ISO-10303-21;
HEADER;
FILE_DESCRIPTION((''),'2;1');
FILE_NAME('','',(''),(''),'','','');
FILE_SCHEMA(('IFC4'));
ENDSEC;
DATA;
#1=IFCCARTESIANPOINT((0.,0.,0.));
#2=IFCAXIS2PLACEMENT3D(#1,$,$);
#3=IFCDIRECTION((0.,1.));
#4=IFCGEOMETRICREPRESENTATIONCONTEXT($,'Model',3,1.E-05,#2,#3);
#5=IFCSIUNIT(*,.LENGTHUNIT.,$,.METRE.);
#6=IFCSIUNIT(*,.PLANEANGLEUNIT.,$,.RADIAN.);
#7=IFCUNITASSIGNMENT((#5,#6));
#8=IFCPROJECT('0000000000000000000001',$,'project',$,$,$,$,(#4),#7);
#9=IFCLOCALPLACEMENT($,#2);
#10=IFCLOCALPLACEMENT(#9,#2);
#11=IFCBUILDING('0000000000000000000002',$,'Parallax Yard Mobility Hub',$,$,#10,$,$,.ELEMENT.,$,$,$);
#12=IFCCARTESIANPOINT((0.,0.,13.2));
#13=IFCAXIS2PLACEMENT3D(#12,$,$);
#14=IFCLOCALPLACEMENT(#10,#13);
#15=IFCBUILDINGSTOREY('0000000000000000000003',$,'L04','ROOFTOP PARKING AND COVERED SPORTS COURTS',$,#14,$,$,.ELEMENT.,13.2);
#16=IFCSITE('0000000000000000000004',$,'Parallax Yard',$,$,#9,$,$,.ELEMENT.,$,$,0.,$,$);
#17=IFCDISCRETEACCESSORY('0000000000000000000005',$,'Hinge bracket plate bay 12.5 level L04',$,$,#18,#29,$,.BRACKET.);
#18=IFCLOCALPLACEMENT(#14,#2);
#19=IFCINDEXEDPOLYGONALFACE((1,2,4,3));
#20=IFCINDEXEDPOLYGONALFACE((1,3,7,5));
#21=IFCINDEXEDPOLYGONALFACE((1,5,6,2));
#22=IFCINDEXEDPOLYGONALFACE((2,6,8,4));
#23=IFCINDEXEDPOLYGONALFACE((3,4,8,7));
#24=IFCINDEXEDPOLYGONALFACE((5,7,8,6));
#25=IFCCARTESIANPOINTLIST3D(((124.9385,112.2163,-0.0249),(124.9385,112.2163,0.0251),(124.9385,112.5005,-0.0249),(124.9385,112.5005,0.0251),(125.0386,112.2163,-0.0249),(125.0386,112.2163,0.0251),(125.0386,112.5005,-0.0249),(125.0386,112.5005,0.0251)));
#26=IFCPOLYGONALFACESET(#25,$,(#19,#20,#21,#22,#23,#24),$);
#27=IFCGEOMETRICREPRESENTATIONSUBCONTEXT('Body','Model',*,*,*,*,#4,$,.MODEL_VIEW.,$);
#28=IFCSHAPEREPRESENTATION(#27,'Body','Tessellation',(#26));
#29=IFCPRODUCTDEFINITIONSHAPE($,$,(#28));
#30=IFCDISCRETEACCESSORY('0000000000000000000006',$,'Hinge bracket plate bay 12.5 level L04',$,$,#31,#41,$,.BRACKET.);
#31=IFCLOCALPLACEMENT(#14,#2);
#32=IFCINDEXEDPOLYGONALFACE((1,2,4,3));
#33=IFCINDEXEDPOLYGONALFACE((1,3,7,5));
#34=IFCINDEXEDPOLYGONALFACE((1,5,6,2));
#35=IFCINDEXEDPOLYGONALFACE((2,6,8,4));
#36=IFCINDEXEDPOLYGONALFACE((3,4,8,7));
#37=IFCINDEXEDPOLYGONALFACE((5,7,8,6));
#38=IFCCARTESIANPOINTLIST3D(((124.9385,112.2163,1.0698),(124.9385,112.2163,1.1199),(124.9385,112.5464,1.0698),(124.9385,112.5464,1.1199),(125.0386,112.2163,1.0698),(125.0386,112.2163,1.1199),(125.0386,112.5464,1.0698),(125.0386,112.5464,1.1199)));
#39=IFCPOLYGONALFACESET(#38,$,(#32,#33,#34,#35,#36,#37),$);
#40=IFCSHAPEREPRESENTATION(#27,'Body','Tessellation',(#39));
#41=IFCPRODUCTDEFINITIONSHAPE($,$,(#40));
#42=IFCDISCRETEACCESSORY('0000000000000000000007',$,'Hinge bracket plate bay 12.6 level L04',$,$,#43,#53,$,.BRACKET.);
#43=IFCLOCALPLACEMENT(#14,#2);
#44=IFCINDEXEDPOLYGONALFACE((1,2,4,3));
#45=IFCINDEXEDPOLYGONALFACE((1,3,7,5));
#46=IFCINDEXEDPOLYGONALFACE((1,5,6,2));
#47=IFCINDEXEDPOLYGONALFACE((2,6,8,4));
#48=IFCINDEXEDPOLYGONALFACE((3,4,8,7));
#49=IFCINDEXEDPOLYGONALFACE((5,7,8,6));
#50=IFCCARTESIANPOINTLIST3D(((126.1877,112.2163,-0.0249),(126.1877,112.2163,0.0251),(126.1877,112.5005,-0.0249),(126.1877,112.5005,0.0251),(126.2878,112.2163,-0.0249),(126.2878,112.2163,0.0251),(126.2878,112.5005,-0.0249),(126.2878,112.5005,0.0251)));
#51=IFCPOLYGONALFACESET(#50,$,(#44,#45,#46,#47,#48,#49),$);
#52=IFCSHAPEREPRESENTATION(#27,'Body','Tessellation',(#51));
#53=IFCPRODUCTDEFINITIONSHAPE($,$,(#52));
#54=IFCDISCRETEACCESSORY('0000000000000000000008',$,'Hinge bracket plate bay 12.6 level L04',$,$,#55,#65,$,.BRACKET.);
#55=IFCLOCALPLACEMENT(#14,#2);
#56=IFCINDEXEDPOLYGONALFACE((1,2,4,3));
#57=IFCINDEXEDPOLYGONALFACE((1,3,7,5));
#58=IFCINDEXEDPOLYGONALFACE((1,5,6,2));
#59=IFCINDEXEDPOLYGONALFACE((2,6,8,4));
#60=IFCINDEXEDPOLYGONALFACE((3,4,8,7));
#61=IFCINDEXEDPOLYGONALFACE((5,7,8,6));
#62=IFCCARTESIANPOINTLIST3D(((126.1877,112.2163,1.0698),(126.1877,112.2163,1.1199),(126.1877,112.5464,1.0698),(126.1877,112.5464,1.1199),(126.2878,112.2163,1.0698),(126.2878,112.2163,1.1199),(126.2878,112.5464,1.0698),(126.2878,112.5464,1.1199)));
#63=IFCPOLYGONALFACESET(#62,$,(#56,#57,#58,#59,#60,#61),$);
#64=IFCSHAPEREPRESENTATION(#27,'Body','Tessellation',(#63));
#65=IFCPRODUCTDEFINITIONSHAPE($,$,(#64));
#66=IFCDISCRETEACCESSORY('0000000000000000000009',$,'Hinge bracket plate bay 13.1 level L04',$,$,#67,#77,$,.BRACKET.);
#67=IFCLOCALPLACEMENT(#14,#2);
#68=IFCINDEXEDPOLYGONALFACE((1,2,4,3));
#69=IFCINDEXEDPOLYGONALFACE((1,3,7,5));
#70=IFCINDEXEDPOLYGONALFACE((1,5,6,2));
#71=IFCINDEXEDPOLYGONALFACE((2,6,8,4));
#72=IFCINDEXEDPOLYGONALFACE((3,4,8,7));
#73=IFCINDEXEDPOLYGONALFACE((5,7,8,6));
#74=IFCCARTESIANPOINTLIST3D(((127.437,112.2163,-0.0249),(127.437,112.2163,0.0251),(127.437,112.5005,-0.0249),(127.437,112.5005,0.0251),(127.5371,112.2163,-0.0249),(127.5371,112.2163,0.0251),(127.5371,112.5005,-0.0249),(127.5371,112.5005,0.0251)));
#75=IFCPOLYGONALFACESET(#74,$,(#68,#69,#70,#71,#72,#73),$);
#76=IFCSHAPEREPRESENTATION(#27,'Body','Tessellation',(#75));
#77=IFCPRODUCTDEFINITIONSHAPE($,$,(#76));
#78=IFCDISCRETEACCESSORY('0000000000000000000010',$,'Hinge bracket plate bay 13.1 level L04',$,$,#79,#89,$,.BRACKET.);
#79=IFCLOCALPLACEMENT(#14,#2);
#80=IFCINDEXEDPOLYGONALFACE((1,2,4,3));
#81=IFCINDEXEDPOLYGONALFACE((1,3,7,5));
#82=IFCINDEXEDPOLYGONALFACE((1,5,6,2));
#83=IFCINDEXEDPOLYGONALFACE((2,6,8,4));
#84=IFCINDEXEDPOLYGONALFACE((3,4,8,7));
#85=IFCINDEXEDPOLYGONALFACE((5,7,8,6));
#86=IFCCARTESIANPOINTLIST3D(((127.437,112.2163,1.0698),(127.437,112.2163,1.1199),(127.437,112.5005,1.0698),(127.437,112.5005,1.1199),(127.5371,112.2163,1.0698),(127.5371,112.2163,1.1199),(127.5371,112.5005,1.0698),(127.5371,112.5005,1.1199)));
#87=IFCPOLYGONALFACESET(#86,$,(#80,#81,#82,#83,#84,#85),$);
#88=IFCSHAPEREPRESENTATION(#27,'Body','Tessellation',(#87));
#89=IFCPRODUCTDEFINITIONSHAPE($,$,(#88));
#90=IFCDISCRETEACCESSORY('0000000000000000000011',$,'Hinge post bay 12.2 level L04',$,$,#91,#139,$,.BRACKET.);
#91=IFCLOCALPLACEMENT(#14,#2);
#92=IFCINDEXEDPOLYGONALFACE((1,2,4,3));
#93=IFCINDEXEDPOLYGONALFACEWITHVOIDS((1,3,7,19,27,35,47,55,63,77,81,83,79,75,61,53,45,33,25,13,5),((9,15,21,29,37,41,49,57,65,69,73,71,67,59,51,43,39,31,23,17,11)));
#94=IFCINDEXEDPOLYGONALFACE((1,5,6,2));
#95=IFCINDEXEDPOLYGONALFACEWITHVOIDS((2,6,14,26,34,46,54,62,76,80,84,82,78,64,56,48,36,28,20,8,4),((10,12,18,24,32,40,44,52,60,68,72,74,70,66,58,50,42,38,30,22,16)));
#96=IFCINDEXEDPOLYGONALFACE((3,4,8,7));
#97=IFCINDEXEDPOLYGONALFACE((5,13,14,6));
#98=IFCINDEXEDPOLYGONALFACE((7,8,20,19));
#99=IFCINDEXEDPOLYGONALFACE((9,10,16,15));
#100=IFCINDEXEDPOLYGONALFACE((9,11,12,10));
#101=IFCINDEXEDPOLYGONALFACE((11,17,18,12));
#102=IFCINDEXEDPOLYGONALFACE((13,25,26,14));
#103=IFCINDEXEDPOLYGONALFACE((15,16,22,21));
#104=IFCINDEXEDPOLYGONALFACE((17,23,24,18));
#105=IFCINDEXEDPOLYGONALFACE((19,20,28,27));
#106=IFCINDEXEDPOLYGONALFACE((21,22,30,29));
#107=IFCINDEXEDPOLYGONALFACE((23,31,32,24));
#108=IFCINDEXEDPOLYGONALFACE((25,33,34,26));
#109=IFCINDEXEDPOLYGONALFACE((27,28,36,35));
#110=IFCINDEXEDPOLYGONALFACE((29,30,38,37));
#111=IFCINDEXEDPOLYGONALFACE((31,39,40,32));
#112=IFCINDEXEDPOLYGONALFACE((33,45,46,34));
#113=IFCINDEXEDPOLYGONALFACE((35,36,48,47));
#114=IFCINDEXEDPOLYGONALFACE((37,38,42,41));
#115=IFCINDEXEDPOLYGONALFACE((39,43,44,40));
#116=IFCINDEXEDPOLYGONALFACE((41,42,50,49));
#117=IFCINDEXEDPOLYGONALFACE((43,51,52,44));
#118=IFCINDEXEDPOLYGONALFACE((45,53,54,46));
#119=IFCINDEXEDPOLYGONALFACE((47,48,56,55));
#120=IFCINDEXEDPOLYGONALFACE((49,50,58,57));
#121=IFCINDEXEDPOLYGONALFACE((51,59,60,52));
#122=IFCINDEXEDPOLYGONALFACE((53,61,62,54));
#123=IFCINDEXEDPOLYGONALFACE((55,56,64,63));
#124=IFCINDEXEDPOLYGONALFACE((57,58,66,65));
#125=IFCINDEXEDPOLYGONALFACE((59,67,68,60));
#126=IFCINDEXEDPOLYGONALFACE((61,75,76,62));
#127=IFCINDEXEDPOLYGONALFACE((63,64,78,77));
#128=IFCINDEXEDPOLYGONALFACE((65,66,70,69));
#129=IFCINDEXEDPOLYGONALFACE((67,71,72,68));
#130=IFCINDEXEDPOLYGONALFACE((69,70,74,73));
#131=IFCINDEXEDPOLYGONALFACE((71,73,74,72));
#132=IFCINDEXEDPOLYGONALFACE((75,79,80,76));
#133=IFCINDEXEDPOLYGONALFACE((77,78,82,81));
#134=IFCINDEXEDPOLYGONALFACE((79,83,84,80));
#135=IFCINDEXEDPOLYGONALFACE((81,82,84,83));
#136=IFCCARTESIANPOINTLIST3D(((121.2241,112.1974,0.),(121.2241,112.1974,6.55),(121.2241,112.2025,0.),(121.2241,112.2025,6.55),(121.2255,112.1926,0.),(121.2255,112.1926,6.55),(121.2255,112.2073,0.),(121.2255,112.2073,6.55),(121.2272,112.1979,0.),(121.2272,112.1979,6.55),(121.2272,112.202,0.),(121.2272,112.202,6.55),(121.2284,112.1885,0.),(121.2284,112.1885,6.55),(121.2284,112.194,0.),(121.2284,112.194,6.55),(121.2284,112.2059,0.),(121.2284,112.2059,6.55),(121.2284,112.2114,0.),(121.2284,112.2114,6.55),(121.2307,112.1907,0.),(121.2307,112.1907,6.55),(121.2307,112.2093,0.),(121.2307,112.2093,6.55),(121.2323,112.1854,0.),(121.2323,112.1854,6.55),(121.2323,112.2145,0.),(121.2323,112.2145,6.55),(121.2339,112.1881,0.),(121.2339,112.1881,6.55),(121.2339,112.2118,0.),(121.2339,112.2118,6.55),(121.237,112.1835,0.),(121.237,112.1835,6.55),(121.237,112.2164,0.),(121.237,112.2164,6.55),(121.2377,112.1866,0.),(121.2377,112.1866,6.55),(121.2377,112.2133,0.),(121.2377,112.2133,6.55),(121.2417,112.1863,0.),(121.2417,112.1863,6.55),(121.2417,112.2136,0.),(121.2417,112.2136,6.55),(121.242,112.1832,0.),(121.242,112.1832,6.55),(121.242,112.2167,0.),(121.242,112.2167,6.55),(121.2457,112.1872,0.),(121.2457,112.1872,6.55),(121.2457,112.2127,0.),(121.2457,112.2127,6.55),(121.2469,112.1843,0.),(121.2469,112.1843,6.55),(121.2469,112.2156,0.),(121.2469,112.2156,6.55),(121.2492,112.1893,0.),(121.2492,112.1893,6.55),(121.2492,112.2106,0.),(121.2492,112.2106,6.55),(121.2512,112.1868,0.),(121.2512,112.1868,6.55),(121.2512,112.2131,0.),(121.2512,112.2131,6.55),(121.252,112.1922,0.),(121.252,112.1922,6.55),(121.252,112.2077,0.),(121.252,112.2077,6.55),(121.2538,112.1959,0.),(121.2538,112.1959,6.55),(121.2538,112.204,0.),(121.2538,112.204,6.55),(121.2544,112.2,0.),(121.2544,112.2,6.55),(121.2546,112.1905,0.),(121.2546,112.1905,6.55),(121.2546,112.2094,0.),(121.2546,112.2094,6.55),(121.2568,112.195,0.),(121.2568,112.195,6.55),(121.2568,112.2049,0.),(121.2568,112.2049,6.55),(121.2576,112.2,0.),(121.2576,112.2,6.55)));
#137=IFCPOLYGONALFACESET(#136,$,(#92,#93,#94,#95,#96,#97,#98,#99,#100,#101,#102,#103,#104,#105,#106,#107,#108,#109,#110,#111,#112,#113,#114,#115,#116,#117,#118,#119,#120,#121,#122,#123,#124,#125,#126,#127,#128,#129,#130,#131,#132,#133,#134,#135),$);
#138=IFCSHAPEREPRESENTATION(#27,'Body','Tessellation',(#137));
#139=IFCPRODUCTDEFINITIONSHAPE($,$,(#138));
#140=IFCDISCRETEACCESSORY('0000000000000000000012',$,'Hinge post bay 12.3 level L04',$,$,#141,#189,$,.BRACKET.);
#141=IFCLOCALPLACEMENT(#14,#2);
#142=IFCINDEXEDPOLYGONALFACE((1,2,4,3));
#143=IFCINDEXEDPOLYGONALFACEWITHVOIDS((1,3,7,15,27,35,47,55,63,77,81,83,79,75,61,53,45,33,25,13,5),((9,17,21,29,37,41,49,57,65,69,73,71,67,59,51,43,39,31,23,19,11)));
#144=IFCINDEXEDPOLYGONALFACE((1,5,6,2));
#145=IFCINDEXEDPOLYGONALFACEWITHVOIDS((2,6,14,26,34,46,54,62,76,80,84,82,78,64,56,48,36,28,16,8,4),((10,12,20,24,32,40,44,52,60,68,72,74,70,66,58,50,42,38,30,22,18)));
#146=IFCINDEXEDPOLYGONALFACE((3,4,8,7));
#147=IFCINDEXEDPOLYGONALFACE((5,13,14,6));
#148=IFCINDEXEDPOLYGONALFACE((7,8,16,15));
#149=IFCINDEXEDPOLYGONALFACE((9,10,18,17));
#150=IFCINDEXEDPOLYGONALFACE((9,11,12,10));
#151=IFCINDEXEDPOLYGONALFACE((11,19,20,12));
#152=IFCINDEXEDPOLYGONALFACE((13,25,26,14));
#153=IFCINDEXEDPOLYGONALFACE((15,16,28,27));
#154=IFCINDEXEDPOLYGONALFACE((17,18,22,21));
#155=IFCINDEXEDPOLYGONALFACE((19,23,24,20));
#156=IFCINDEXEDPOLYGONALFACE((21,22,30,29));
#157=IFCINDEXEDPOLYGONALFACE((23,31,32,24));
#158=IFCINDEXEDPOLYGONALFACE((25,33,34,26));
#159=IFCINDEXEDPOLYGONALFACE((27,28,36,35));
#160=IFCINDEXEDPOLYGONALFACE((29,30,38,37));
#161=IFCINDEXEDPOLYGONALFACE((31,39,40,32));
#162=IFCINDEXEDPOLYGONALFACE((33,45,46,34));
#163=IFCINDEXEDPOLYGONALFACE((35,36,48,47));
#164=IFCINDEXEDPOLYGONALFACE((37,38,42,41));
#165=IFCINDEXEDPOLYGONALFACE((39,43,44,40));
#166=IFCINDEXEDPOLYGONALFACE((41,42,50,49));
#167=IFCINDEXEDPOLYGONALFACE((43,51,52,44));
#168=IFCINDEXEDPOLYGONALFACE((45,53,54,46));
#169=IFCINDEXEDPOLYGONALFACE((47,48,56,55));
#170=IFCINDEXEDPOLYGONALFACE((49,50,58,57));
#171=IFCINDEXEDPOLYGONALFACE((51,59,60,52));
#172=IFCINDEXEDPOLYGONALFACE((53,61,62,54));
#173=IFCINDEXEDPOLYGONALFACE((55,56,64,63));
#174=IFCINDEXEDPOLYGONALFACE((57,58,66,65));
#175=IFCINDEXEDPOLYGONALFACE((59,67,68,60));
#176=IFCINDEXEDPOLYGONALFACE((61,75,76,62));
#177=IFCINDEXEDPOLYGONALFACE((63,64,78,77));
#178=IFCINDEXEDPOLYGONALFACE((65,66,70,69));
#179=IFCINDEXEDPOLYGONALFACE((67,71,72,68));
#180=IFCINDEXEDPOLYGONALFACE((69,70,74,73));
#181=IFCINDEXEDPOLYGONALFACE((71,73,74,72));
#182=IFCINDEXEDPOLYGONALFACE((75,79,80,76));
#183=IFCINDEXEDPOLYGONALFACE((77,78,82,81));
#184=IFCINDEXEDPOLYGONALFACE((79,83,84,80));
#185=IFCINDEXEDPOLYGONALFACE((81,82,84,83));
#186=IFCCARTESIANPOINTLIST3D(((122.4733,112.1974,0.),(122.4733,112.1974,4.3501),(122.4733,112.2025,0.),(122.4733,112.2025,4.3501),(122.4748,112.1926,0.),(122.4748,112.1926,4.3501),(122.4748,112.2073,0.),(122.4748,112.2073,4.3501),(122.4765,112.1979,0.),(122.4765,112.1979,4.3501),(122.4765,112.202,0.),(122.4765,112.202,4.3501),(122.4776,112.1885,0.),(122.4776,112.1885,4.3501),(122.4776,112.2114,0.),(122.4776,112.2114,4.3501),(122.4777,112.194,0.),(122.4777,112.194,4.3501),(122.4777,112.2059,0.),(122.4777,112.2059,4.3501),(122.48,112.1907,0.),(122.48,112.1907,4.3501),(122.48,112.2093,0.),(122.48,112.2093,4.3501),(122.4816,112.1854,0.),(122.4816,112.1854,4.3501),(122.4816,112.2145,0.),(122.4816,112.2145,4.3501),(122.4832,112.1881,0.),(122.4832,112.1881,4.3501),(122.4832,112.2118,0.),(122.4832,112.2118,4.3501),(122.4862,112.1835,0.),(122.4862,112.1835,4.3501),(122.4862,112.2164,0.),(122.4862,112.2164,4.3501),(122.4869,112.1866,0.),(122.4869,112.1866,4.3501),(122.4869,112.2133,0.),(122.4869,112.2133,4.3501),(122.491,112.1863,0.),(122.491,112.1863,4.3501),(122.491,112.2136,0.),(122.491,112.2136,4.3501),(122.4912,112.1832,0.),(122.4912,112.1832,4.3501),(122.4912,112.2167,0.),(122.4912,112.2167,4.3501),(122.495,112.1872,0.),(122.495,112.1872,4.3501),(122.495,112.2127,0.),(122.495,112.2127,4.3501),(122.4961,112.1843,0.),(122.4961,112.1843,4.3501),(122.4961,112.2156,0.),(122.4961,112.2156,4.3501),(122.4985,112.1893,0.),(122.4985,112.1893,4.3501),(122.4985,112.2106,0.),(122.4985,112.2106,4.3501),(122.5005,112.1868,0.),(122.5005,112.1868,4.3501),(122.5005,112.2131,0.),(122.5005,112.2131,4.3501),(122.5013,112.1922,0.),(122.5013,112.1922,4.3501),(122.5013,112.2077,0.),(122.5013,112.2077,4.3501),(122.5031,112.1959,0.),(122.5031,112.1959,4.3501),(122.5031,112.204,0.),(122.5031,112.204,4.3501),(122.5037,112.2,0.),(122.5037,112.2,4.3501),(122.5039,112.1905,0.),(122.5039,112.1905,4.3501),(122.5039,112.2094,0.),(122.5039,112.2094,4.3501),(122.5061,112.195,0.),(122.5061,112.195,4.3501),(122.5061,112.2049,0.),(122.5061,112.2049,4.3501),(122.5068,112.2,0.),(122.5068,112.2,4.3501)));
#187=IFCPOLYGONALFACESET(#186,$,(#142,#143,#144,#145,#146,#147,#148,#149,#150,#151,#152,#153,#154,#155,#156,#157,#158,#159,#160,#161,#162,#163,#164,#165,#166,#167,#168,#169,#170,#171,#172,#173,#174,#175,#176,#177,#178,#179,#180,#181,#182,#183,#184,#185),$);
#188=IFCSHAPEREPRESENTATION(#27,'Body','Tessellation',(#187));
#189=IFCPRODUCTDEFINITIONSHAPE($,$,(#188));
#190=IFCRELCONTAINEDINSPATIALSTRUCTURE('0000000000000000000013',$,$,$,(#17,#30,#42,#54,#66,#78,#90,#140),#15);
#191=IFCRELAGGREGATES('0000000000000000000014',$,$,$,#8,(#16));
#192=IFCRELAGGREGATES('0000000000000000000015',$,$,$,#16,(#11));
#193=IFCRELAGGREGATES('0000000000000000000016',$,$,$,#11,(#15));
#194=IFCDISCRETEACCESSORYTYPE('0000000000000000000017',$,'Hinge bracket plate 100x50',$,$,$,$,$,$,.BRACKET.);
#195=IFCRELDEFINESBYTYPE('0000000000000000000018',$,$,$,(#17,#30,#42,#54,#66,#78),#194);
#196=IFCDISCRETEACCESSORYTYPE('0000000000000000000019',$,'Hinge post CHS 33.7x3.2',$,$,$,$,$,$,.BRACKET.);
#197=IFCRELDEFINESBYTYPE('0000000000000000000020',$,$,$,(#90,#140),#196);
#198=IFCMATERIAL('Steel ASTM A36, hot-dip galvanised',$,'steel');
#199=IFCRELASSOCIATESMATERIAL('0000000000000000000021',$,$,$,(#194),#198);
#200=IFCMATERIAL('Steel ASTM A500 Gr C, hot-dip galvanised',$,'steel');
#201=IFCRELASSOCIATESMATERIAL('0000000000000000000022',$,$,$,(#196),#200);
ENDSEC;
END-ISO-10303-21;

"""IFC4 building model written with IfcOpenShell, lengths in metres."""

from ifc_helpers import new_model, si_unit, direction, frame, origin, origin_2d, place, context, subcontext, project, spatial, rectangle, hollow_circle, extrude, material, material_profile, profile_set, type_object, element, save


model = new_model("IFC4")

# Units and contexts
model_context = context("Model", 3, precision=1e-05, world=origin(), true_north=direction((0.0, 1.0)))
body_context = subcontext(model_context, "Body", "Model", "MODEL_VIEW")
ifc_project = project(units=[si_unit("LENGTHUNIT", "METRE"), si_unit("PLANEANGLEUNIT", "RADIAN")], contexts=[model_context])

# Site, building, storey
site_placement = place(None, origin())
site = spatial("IfcSite", under=ifc_project, at=site_placement, Name="Parallax Yard", CompositionType="ELEMENT", RefElevation=0.0)
building_placement = place(site_placement, origin())
building = spatial("IfcBuilding", under=site, at=building_placement, Name="Parallax Yard Mobility Hub", CompositionType="ELEMENT")
storey_placement = place(building_placement, frame((0.0, 0.0, 13.2)))
storey = spatial("IfcBuildingStorey", under=building, at=storey_placement, Name="L04", Description="ROOFTOP PARKING AND COVERED SPORTS COURTS", CompositionType="ELEMENT", Elevation=13.2)

# Discrete accessories
ifc_material_1 = material(Name="Steel ASTM A36, hot-dip galvanised", Category="steel")
discrete_accessory_type_1 = type_object("IfcDiscreteAccessoryType", Name="Hinge bracket plate 100x50", PredefinedType="BRACKET", material=ifc_material_1)
discrete_accessory_1_placement = place(storey_placement, frame((124.9885, 112.3584, -0.0249), z_axis=(0.0, 0.0, 1.0), x_axis=(0.0, -1.0, 0.0)))
element("IfcDiscreteAccessory", 1, at=discrete_accessory_1_placement, inside=storey, type_object=discrete_accessory_type_1, Name="Hinge bracket plate bay 12.5 level L04", PredefinedType="BRACKET", context=body_context, shape_type="SweptSolid", body=[
    extrude(rectangle(XDim=0.2842, YDim=0.1001, at=origin_2d()), origin(), (0.0, 0.0, 1.0), 0.05),
])
discrete_accessory_2_placement = place(storey_placement, frame((124.9885, 112.3813, 1.0698), z_axis=(0.0, 0.0, 1.0), x_axis=(0.0, -1.0, 0.0)))
element("IfcDiscreteAccessory", 2, at=discrete_accessory_2_placement, inside=storey, type_object=discrete_accessory_type_1, Name="Hinge bracket plate bay 12.5 level L04", PredefinedType="BRACKET", context=body_context, shape_type="SweptSolid", body=[
    extrude(rectangle(XDim=0.3301, YDim=0.1001, at=origin_2d()), origin(), (0.0, 0.0, 1.0), 0.05),
])
discrete_accessory_3_placement = place(storey_placement, frame((126.2378, 112.3584, -0.0249), z_axis=(0.0, 0.0, 1.0), x_axis=(0.0, -1.0, 0.0)))
element("IfcDiscreteAccessory", 3, at=discrete_accessory_3_placement, inside=storey, type_object=discrete_accessory_type_1, Name="Hinge bracket plate bay 12.6 level L04", PredefinedType="BRACKET", context=body_context, shape_type="SweptSolid", body=[
    extrude(rectangle(XDim=0.2842, YDim=0.1001, at=origin_2d()), origin(), (0.0, 0.0, 1.0), 0.05),
])
discrete_accessory_4_placement = place(storey_placement, frame((126.2378, 112.3813, 1.0698), z_axis=(0.0, 0.0, 1.0), x_axis=(0.0, -1.0, 0.0)))
element("IfcDiscreteAccessory", 4, at=discrete_accessory_4_placement, inside=storey, type_object=discrete_accessory_type_1, Name="Hinge bracket plate bay 12.6 level L04", PredefinedType="BRACKET", context=body_context, shape_type="SweptSolid", body=[
    extrude(rectangle(XDim=0.3301, YDim=0.1001, at=origin_2d()), origin(), (0.0, 0.0, 1.0), 0.05),
])
for number, where, z_axis, x_axis, name in (
    (5, (127.4871, 112.3584, -0.0249), (0.0, 0.0, 1.0), (0.0, -1.0, 0.0), "Hinge bracket plate bay 13.1 level L04"),
    (6, (127.4871, 112.3584, 1.0698), (0.0, 0.0, 1.0), (0.0, -1.0, 0.0), "Hinge bracket plate bay 13.1 level L04"),
):
    element("IfcDiscreteAccessory", number, at=place(storey_placement, frame(where, z_axis=z_axis, x_axis=x_axis)), inside=storey, type_object=discrete_accessory_type_1, Name=name, PredefinedType="BRACKET", context=body_context, shape_type="SweptSolid", body=[
        extrude(rectangle(XDim=0.2842, YDim=0.1001, at=origin_2d()), origin(), (0.0, 0.0, 1.0), 0.05),
    ])
ifc_material_2 = material(Name="Steel ASTM A500 Gr C, hot-dip galvanised", Category="steel")
ifc_material_profile_1 = material_profile(ifc_material_2, hollow_circle(Radius=0.0168, WallThickness=0.0032, at=origin_2d()), Name="CHS 33.7x3.2")
ifc_profile_set_1 = profile_set([ifc_material_profile_1], Name="Steel ASTM A500 Gr C, hot-dip galvanised")
discrete_accessory_type_2 = type_object("IfcDiscreteAccessoryType", Name="Hinge post CHS 33.7x3.2", PredefinedType="BRACKET", material=ifc_profile_set_1)
discrete_accessory_5_placement = place(storey_placement, frame((121.2407, 112.2, 0.0), z_axis=(0.0, 0.0, 1.0), x_axis=(1.0, 0.0, 0.0)))
element("IfcDiscreteAccessory", 7, at=discrete_accessory_5_placement, inside=storey, type_object=discrete_accessory_type_2, Name="Hinge post bay 12.2 level L04", PredefinedType="BRACKET", context=body_context, shape_type="SweptSolid", body=[
    extrude(hollow_circle(Radius=0.0168, WallThickness=0.0032, at=origin_2d()), origin(), (0.0, 0.0, 1.0), 6.55),
])
discrete_accessory_6_placement = place(storey_placement, frame((122.49, 112.2, 0.0), z_axis=(0.0, 0.0, 1.0), x_axis=(1.0, 0.0, 0.0)))
element("IfcDiscreteAccessory", 8, at=discrete_accessory_6_placement, inside=storey, type_object=discrete_accessory_type_2, Name="Hinge post bay 12.3 level L04", PredefinedType="BRACKET", context=body_context, shape_type="SweptSolid", body=[
    extrude(hollow_circle(Radius=0.0168, WallThickness=0.0032, at=origin_2d()), origin(), (0.0, 0.0, 1.0), 4.3501),
])

save(model, "model.ifc")
